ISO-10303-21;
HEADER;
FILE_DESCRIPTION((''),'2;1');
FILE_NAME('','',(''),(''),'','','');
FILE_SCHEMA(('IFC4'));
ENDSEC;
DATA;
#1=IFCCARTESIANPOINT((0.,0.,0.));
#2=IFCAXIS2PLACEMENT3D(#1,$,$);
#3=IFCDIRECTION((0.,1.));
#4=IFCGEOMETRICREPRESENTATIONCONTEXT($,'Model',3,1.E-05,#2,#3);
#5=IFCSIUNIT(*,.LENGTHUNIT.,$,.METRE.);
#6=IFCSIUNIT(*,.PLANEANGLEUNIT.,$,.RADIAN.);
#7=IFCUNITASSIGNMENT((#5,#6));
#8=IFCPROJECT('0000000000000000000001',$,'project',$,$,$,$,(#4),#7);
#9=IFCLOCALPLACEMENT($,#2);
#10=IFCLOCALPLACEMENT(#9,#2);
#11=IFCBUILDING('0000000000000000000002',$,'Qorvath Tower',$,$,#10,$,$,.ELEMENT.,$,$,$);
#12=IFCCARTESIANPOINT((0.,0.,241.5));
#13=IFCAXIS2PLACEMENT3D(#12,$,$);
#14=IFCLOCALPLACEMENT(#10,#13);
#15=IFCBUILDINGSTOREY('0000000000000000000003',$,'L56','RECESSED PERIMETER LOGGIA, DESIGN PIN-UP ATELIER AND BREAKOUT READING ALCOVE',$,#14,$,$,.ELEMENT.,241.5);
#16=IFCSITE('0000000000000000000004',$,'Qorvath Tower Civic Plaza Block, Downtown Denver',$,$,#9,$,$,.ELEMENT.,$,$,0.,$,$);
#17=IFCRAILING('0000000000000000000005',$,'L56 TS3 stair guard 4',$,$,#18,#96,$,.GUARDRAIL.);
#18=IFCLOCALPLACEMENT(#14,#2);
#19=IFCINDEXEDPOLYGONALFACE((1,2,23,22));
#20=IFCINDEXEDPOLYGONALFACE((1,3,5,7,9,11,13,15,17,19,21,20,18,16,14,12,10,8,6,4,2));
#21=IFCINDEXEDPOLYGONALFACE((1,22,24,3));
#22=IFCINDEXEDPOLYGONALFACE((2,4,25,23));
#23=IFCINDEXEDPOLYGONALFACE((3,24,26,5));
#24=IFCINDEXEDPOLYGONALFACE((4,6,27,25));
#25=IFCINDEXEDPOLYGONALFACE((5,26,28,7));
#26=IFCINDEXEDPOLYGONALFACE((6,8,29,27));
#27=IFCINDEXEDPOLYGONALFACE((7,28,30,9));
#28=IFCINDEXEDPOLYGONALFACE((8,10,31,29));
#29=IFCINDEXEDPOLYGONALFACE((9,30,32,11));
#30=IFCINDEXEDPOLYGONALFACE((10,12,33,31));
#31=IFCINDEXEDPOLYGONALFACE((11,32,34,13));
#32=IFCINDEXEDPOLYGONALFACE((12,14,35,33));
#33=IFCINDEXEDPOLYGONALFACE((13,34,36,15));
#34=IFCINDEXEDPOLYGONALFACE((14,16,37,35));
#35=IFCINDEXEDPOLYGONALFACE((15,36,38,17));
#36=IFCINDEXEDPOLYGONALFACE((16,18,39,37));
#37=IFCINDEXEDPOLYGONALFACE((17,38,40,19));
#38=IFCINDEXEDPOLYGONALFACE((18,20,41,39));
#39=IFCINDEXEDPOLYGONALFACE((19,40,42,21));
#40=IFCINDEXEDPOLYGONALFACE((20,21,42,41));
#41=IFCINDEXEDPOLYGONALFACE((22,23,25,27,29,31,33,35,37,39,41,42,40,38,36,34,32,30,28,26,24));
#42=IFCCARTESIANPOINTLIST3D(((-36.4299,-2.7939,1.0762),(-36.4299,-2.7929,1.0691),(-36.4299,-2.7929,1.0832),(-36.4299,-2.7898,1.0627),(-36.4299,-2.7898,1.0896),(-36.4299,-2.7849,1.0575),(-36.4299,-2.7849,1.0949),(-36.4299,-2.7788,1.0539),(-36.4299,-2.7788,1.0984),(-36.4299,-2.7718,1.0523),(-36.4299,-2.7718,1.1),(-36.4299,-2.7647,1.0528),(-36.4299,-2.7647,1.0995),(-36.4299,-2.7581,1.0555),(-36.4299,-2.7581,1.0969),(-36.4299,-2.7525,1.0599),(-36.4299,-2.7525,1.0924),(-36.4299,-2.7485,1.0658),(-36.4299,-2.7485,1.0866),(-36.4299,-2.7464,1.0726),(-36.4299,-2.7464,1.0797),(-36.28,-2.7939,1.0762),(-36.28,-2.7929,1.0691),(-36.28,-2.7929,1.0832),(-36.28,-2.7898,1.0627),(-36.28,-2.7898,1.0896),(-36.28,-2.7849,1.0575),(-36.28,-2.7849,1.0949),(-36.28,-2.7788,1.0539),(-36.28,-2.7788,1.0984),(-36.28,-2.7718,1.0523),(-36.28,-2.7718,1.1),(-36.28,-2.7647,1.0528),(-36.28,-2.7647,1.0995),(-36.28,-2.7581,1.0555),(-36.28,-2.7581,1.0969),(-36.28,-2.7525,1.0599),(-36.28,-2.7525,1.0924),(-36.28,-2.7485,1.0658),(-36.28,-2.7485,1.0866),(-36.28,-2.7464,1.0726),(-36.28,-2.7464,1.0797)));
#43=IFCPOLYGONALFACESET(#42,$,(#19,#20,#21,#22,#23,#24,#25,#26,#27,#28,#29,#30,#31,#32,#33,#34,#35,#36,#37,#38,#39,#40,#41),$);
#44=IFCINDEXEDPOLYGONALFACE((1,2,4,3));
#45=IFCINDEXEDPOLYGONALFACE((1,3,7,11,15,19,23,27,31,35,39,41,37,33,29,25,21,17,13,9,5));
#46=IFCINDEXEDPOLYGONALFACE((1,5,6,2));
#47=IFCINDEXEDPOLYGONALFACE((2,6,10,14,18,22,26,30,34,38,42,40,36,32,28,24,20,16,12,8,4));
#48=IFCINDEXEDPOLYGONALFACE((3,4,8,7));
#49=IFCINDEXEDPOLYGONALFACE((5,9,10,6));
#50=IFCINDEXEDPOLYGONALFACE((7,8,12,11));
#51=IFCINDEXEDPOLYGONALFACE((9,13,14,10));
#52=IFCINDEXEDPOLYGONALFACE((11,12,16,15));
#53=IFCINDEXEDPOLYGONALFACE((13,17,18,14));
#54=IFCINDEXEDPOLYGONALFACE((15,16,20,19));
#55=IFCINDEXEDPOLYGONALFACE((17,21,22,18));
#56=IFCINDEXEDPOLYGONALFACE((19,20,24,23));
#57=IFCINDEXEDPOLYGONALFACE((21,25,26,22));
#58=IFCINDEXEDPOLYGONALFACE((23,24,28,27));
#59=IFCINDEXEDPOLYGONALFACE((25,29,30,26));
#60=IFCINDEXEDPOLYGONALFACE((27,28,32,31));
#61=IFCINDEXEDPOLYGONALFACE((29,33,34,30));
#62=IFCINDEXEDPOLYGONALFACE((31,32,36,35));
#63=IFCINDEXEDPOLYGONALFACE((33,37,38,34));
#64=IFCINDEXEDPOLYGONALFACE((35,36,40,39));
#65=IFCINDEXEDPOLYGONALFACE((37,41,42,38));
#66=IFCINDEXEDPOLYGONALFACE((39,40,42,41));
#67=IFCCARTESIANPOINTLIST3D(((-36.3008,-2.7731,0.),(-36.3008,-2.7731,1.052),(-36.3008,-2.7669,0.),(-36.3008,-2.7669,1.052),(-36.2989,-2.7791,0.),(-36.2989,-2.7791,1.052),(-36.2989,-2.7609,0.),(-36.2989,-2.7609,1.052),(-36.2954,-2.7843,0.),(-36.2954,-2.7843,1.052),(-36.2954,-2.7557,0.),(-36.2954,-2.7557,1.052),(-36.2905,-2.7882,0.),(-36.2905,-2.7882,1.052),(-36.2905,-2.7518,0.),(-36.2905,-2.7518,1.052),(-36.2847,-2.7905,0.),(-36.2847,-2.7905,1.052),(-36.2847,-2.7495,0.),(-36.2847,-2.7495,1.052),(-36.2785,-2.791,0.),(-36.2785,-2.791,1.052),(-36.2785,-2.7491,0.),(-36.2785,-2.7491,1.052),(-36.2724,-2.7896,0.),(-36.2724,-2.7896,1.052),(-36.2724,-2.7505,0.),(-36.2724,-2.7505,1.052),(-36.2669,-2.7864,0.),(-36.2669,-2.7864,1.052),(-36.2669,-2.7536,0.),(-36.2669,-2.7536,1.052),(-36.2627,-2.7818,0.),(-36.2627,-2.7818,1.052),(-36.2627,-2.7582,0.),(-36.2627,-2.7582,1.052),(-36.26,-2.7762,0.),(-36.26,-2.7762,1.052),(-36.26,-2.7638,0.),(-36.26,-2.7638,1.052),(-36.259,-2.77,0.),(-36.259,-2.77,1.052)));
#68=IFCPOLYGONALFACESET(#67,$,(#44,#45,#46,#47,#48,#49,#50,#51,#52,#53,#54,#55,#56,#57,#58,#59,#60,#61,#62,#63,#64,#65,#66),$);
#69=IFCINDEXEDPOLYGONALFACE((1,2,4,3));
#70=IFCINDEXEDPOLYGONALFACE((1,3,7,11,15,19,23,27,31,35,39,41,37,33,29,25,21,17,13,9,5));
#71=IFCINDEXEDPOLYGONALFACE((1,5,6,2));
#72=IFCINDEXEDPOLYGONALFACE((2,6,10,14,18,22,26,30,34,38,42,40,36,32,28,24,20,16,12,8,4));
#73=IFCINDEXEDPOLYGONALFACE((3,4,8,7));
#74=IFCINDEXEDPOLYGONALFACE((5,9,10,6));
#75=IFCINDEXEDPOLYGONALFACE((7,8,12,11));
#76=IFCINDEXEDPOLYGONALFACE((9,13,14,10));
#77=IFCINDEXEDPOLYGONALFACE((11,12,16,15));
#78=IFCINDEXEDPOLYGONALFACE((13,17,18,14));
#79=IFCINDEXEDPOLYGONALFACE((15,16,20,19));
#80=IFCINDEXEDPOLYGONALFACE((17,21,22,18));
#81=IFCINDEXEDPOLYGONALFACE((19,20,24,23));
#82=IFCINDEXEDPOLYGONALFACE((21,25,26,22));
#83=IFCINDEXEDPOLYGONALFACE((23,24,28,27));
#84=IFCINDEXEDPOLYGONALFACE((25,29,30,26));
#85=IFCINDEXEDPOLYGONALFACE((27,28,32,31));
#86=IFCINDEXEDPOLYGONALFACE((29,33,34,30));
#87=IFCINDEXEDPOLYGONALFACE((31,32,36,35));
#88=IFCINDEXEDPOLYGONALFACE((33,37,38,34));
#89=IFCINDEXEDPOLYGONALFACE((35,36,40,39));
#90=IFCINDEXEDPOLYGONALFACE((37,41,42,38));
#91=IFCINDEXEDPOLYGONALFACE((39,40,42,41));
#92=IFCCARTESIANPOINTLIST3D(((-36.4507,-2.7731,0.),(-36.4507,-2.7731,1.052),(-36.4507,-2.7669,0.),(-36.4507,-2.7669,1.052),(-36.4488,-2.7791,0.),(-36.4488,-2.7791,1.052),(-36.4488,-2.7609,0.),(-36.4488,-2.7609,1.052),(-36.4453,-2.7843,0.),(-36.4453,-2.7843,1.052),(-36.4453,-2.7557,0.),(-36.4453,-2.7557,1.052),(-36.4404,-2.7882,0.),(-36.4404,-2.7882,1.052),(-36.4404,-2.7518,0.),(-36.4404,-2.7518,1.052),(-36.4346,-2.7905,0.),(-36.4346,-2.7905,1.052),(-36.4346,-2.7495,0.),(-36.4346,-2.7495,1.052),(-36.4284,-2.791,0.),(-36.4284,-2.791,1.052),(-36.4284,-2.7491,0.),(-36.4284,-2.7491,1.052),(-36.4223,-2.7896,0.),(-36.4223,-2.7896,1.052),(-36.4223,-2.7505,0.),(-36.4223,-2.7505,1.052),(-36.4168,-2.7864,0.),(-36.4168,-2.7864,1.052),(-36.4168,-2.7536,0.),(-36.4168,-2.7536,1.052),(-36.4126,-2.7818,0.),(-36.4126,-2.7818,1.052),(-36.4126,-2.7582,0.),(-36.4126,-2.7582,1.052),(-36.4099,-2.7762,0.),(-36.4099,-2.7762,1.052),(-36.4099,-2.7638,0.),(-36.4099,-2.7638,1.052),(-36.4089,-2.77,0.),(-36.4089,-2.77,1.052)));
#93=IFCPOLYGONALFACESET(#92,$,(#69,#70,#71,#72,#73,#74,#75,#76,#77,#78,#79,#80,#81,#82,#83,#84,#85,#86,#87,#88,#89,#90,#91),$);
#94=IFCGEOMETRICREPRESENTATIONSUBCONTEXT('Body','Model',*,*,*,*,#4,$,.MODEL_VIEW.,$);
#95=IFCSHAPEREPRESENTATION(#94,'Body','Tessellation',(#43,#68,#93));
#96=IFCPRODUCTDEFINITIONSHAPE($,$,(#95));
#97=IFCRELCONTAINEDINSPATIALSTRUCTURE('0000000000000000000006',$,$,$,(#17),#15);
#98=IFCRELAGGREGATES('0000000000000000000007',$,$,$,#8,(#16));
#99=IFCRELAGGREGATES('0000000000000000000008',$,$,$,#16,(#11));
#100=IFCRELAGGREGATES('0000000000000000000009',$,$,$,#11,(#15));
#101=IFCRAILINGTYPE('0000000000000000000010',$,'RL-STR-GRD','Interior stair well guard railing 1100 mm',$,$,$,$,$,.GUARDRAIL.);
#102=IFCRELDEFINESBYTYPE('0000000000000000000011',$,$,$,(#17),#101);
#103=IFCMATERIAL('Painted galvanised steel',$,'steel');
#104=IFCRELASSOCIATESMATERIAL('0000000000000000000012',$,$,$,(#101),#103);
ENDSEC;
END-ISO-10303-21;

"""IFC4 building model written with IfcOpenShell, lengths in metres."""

from ifc_helpers import new_model, si_unit, direction, frame, origin, origin_2d, place, context, subcontext, project, spatial, circle, extrude, material, type_object, element, save


model = new_model("IFC4")

# Units and contexts
model_context = context("Model", 3, precision=1e-05, world=origin(), true_north=direction((0.0, 1.0)))
body_context = subcontext(model_context, "Body", "Model", "MODEL_VIEW")
ifc_project = project(units=[si_unit("LENGTHUNIT", "METRE"), si_unit("PLANEANGLEUNIT", "RADIAN")], contexts=[model_context])

# Site, building, storey
site_placement = place(None, origin())
site = spatial("IfcSite", under=ifc_project, at=site_placement, Name="Qorvath Tower Civic Plaza Block, Downtown Denver", CompositionType="ELEMENT", RefElevation=0.0)
building_placement = place(site_placement, origin())
building = spatial("IfcBuilding", under=site, at=building_placement, Name="Qorvath Tower", CompositionType="ELEMENT")
storey_placement = place(building_placement, frame((0.0, 0.0, 241.5)))
storey = spatial("IfcBuildingStorey", under=building, at=storey_placement, Name="L56", Description="RECESSED PERIMETER LOGGIA, DESIGN PIN-UP ATELIER AND BREAKOUT READING ALCOVE", CompositionType="ELEMENT", Elevation=241.5)

# Railing
ifc_material_1 = material(Name="Painted galvanised steel", Category="steel")
railing_type_1 = type_object("IfcRailingType", Name="RL-STR-GRD", Description="Interior stair well guard railing 1100 mm", PredefinedType="GUARDRAIL", material=ifc_material_1)
railing_1_placement = place(storey_placement, frame((-36.28, -2.77, 0.0)))
element("IfcRailing", 1, at=railing_1_placement, inside=storey, type_object=railing_type_1, Name="L56 TS3 stair guard 4", PredefinedType="GUARDRAIL", context=body_context, shape_type="SweptSolid", body=[
    extrude(circle(Radius=0.0239, at=origin_2d()), frame((0.0, 0.0, 1.0762), z_axis=(-1.0, 0.0, 0.0), x_axis=(0.0, -1.0, 0.0)), (0.0, 0.0, 1.0), 0.1499),
    extrude(circle(Radius=0.021, at=origin_2d()), origin(), (0.0, 0.0, 1.0), 1.052),
    extrude(circle(Radius=0.021, at=origin_2d()), frame((-0.1499, 0.0, 0.0)), (0.0, 0.0, 1.0), 1.052),
])

save(model, "model.ifc")
